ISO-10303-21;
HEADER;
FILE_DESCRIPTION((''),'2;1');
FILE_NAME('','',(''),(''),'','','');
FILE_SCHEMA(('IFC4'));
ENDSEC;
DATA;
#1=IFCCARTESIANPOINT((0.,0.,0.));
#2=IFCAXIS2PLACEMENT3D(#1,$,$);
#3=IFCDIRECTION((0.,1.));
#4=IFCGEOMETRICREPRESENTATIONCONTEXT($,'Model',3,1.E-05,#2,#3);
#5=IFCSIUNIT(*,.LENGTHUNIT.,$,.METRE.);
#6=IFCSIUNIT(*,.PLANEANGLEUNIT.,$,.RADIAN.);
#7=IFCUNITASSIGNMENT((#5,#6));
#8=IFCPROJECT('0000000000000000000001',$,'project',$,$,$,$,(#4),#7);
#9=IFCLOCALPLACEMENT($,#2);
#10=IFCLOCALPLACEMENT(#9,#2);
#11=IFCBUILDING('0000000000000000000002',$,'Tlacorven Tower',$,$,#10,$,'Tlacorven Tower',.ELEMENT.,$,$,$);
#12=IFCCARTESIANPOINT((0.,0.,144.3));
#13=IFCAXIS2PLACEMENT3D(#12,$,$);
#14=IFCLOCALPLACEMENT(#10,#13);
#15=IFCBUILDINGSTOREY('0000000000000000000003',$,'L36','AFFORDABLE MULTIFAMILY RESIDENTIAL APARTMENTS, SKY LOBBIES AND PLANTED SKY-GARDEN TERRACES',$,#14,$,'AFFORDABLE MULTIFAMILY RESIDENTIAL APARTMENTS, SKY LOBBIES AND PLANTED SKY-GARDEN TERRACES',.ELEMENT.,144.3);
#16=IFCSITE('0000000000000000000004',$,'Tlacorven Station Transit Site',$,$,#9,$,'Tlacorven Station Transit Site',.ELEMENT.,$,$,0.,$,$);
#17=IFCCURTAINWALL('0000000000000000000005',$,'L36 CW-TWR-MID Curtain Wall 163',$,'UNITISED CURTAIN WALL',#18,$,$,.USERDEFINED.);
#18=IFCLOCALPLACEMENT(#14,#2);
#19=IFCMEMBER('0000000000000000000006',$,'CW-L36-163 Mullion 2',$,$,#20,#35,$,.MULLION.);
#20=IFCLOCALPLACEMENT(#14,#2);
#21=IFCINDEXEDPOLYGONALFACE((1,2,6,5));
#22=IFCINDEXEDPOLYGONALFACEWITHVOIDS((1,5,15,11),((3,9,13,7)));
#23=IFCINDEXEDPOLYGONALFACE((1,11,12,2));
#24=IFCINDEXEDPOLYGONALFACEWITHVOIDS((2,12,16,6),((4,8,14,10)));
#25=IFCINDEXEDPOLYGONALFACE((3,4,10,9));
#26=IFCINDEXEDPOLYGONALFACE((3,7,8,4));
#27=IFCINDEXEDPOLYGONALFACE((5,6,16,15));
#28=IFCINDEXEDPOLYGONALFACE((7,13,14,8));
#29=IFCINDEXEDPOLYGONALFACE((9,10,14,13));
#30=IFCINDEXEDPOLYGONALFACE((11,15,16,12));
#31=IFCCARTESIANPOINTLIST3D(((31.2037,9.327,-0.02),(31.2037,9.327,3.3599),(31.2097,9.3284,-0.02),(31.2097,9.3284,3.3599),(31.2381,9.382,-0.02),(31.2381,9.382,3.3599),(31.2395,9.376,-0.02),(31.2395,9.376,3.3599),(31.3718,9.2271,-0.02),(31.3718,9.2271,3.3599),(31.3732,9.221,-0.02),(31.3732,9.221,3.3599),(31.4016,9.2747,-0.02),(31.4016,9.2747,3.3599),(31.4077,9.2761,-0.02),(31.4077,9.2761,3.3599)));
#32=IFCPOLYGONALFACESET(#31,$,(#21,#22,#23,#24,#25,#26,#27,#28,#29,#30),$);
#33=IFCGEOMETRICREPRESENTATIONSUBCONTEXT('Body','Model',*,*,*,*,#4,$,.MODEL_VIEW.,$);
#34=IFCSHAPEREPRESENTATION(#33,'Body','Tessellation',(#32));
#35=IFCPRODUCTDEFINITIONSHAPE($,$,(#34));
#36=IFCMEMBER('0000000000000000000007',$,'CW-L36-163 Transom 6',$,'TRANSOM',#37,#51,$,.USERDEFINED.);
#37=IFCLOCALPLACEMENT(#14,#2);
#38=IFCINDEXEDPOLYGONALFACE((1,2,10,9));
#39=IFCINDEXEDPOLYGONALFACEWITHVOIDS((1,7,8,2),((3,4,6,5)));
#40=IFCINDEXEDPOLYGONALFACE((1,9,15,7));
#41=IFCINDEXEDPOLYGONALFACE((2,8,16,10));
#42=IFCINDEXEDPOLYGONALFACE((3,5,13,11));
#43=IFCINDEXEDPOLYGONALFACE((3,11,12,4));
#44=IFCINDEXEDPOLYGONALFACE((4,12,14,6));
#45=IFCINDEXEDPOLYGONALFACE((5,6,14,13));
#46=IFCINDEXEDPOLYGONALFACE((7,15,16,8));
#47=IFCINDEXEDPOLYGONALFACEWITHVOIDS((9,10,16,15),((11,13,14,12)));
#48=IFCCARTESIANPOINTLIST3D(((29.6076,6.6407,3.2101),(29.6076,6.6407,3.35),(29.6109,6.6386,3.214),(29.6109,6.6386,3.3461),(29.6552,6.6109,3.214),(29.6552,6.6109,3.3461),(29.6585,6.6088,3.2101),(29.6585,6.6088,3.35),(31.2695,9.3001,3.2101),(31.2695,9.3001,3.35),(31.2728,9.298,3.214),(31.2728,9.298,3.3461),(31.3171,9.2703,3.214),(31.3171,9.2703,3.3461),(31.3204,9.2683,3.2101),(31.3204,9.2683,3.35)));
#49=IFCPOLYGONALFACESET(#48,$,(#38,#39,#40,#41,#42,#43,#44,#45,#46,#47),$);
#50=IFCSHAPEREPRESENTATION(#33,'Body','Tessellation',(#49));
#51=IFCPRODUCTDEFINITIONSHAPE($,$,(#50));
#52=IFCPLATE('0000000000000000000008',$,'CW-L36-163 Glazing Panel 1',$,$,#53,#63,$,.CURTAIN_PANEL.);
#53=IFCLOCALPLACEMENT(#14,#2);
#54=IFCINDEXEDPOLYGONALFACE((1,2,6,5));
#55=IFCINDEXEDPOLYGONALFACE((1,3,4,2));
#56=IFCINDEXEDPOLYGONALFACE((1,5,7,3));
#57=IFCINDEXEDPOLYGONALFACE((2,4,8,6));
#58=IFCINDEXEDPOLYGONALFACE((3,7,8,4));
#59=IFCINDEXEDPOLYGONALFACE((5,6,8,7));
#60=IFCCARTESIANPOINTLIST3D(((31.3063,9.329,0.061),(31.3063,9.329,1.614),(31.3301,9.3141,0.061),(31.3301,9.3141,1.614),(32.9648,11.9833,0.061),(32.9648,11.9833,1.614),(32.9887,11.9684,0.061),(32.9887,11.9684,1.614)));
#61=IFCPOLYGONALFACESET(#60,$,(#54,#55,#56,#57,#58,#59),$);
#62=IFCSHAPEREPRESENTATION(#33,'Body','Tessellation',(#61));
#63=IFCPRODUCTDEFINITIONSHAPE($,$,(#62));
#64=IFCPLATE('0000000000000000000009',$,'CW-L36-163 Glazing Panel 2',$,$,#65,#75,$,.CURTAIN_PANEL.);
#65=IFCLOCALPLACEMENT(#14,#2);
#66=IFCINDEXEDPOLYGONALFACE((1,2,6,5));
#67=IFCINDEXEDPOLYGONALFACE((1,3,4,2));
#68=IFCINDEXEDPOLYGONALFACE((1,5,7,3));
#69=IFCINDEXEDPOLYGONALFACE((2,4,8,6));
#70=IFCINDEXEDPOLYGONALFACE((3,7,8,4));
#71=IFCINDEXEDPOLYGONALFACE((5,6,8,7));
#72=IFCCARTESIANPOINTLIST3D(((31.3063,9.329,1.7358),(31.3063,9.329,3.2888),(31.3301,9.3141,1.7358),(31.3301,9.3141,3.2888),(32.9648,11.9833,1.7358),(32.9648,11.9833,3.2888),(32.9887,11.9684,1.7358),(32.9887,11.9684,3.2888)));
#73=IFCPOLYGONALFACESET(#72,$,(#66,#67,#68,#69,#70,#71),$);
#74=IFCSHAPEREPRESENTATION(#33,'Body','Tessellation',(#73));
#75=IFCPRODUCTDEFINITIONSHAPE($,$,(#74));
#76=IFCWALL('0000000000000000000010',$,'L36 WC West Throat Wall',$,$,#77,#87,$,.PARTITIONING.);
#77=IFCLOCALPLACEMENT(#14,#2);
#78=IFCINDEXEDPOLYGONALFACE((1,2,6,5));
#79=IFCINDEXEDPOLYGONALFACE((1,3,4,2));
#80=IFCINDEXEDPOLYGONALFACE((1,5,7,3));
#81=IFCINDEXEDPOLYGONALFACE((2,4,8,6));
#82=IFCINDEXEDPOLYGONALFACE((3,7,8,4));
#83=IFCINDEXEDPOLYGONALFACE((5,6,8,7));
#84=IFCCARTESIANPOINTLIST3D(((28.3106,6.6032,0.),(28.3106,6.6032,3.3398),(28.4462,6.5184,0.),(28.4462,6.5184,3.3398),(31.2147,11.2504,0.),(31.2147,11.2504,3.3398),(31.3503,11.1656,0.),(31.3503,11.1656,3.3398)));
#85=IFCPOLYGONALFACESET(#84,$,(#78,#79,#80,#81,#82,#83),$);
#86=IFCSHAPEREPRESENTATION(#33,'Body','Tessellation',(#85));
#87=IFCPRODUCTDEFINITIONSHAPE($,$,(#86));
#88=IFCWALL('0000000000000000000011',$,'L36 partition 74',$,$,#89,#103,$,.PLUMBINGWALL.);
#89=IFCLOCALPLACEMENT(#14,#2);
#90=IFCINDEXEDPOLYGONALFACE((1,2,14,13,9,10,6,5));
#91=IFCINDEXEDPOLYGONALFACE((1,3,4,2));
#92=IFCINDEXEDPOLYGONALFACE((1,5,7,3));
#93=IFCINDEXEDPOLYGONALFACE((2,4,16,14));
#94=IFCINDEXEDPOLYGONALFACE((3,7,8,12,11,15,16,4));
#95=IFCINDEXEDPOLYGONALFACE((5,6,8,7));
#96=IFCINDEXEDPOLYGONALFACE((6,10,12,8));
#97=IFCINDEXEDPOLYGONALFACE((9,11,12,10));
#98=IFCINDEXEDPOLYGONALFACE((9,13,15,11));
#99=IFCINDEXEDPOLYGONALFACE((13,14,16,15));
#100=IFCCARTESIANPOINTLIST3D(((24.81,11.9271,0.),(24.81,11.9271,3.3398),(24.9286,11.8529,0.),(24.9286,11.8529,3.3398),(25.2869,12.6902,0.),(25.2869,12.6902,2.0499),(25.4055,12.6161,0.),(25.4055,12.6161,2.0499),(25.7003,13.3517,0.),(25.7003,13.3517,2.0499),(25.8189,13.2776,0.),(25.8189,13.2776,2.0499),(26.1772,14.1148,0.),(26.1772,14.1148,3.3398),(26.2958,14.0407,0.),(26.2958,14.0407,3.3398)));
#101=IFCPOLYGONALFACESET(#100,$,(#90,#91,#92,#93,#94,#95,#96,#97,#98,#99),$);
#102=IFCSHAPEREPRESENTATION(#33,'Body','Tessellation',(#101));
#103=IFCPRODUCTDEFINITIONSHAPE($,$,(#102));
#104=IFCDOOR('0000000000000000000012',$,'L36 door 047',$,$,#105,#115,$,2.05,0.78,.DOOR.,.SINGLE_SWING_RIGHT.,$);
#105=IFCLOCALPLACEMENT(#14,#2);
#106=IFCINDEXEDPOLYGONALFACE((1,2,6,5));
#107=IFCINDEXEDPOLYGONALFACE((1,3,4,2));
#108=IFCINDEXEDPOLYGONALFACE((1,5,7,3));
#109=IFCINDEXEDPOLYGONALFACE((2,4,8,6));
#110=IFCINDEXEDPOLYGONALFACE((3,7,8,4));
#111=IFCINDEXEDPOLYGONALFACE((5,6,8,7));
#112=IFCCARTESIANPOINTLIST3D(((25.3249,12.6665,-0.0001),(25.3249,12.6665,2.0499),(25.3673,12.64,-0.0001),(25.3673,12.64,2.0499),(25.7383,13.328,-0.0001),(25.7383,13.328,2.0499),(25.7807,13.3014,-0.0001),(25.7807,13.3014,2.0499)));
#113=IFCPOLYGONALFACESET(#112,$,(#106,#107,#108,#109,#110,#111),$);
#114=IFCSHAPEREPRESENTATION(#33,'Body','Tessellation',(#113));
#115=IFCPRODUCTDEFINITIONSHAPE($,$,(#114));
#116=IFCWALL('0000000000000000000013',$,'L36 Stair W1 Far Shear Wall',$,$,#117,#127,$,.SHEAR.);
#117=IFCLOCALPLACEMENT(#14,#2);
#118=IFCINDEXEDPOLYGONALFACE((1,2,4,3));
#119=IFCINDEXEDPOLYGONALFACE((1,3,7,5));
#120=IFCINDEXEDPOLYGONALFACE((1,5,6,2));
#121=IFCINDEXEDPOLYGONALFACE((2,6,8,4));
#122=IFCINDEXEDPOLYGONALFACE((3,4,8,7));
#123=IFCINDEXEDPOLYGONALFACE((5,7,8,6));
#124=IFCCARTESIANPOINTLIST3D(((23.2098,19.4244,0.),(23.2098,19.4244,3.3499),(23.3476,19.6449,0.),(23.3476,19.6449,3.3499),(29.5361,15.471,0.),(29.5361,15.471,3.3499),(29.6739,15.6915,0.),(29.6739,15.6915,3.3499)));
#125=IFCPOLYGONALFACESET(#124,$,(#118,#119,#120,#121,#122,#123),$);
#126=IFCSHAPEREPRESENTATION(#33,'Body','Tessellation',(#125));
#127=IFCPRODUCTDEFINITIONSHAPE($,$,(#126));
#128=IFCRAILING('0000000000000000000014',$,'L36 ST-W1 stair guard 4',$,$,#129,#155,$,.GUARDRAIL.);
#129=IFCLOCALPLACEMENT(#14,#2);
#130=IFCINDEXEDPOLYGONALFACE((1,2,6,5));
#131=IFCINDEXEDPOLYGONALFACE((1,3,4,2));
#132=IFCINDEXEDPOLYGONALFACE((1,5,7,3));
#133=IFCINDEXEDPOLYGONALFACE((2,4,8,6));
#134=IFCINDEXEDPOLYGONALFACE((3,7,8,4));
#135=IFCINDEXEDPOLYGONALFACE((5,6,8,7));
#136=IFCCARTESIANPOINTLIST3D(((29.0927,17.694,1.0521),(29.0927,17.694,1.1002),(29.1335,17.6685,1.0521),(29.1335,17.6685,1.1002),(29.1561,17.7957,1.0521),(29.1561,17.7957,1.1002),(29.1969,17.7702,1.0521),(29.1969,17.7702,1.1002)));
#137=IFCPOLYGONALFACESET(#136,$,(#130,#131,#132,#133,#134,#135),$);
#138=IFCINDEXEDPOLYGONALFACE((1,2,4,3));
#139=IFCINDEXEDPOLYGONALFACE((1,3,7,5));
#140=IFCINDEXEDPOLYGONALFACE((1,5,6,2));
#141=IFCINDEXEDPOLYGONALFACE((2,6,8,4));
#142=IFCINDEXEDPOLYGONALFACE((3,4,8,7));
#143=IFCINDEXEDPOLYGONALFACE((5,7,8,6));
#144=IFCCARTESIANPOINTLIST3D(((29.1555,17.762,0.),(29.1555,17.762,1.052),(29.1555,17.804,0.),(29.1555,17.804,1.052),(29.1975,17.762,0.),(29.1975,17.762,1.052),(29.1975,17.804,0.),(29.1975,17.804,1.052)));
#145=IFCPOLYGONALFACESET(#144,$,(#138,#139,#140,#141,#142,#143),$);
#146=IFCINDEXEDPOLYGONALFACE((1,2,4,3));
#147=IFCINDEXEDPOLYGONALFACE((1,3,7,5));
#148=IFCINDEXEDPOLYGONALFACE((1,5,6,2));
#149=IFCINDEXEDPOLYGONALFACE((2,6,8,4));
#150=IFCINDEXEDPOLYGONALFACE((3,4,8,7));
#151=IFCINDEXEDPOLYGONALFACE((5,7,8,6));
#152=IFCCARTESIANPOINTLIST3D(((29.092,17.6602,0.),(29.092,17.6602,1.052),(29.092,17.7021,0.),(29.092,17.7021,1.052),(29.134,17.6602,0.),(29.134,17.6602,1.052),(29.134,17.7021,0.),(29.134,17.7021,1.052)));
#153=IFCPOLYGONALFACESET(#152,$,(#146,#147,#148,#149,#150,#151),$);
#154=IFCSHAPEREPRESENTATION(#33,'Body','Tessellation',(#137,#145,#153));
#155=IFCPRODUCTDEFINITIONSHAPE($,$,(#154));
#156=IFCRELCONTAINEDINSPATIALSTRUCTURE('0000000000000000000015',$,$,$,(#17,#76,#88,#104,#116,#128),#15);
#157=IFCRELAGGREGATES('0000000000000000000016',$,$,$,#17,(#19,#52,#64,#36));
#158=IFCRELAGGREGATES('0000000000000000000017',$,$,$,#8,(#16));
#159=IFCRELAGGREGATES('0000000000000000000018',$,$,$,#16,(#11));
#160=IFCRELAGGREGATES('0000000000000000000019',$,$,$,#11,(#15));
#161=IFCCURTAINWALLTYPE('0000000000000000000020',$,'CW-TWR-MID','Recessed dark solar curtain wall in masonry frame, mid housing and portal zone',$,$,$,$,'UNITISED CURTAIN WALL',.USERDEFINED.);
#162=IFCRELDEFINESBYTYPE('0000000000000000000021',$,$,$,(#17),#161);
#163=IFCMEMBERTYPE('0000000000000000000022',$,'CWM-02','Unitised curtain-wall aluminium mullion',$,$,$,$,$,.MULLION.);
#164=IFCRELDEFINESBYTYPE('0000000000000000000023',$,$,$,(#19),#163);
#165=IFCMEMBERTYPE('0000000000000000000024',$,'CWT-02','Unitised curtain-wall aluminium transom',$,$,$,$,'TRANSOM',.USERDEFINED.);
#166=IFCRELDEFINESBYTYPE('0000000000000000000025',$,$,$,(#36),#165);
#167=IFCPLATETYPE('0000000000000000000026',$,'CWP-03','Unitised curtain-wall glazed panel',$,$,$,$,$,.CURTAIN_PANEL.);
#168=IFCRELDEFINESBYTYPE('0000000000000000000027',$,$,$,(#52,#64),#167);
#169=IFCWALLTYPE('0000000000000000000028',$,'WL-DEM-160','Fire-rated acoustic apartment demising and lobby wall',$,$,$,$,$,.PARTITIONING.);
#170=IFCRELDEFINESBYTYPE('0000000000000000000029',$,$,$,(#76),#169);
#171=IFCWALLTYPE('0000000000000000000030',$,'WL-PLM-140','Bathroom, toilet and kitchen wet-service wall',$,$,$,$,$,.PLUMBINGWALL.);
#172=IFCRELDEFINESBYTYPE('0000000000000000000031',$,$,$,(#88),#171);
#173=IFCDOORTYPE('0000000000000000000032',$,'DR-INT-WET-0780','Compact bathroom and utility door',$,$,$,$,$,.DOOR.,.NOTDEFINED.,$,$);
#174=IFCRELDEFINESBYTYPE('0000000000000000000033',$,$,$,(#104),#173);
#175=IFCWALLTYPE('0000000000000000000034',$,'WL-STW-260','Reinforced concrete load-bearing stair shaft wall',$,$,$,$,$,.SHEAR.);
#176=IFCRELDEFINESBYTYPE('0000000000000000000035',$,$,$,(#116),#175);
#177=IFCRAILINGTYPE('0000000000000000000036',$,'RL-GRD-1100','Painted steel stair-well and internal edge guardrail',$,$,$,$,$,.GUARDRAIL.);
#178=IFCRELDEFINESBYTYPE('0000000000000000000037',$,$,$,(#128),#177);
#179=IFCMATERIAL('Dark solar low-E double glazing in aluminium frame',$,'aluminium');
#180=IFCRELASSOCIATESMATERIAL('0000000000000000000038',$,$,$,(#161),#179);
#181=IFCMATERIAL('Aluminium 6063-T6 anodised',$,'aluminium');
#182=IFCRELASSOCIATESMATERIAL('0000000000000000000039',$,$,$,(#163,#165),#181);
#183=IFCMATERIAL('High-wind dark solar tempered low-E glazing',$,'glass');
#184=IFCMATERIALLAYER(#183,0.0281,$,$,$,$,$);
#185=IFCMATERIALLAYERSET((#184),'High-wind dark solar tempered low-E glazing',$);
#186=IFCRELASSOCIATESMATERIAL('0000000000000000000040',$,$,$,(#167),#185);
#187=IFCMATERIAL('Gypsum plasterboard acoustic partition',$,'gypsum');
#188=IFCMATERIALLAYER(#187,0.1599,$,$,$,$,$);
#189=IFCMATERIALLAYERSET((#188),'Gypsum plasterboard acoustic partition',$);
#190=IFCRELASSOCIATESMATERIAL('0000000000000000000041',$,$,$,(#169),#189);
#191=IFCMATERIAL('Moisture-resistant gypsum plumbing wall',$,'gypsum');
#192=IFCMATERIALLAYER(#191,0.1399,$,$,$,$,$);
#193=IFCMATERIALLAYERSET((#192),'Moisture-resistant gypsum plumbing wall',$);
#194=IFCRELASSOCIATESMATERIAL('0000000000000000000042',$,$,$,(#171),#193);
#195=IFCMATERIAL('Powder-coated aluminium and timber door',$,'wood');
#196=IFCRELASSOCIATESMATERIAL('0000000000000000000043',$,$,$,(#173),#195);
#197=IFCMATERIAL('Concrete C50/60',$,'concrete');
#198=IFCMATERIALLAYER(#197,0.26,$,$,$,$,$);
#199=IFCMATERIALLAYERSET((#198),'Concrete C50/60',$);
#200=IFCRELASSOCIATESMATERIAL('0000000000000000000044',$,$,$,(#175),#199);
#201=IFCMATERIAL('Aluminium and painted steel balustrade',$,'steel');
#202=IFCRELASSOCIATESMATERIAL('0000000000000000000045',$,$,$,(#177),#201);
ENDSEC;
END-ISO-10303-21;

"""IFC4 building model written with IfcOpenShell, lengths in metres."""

from ifc_helpers import new_model, si_unit, direction, frame, frame_2d, origin, origin_2d, place, context, subcontext, project, spatial, rectangle, hollow_rectangle, extrude, source, transform, mapped, material, layer, layer_set, material_profile, profile_set, type_object, element, fill, aggregate, save


model = new_model("IFC4")

# Units and contexts
model_context = context("Model", 3, precision=1e-05, world=origin(), true_north=direction((0.0, 1.0)))
body_context = subcontext(model_context, "Body", "Model", "MODEL_VIEW")
ifc_project = project(units=[si_unit("LENGTHUNIT", "METRE"), si_unit("PLANEANGLEUNIT", "RADIAN")], contexts=[model_context])

# Site, building, storey
site_placement = place(None, origin())
site = spatial("IfcSite", under=ifc_project, at=site_placement, Name="Tlacorven Station Transit Site", LongName="Tlacorven Station Transit Site", CompositionType="ELEMENT", RefElevation=0.0)
building_placement = place(site_placement, origin())
building = spatial("IfcBuilding", under=site, at=building_placement, Name="Tlacorven Tower", LongName="Tlacorven Tower", CompositionType="ELEMENT")
storey_placement = place(building_placement, frame((0.0, 0.0, 144.3)))
storey = spatial("IfcBuildingStorey", under=building, at=storey_placement, Name="L36", Description="AFFORDABLE MULTIFAMILY RESIDENTIAL APARTMENTS, SKY LOBBIES AND PLANTED SKY-GARDEN TERRACES", LongName="AFFORDABLE MULTIFAMILY RESIDENTIAL APARTMENTS, SKY LOBBIES AND PLANTED SKY-GARDEN TERRACES", CompositionType="ELEMENT", Elevation=144.3)

# Curtain wall, members, plates
ifc_material_1 = material(Name="Dark solar low-E double glazing in aluminium frame", Category="aluminium")
curtain_wall_type = type_object("IfcCurtainWallType", Name="CW-TWR-MID", Description="Recessed dark solar curtain wall in masonry frame, mid housing and portal zone", ElementType="UNITISED CURTAIN WALL", PredefinedType="USERDEFINED", material=ifc_material_1)
curtain_wall_placement = place(storey_placement, origin())
curtain_wall = element("IfcCurtainWall", 1, at=curtain_wall_placement, inside=storey, type_object=curtain_wall_type, Name="L36 CW-TWR-MID Curtain Wall 163", ObjectType="UNITISED CURTAIN WALL", PredefinedType="USERDEFINED")
ifc_material_2 = material(Name="Aluminium 6063-T6 anodised", Category="aluminium")
ifc_material_profile_1 = material_profile(ifc_material_2, hollow_rectangle(XDim=0.0649, YDim=0.2, WallThickness=0.0044, at=origin_2d()), Name="ALU MULLION 65X200")
ifc_profile_set_1 = profile_set([ifc_material_profile_1], Name="Aluminium 6063-T6 anodised")
member_type_1 = type_object("IfcMemberType", Name="CWM-02", Description="Unitised curtain-wall aluminium mullion", PredefinedType="MULLION", material=ifc_profile_set_1)
shared_shape_1 = source(origin(), body_context, "Body", "SweptSolid", [
    extrude(hollow_rectangle(XDim=0.0649, YDim=0.2, WallThickness=0.0044, at=origin_2d()), origin(), (0.0, 0.0, 1.0), 3.3799),
])
member_1_placement = place(storey_placement, frame((31.3057, 9.3015, -0.02), z_axis=(0.0, 0.0, 1.0), x_axis=(-0.529919, -0.848048, 0.0)))
member_1 = element("IfcMember", 2, at=member_1_placement, type_object=member_type_1, Name="CW-L36-163 Mullion 2", PredefinedType="MULLION", context=body_context, shape_type="MappedRepresentation", body=[
    mapped(shared_shape_1, transform((0.0, 0.0, 0.0), scale=1.0)),
])
ifc_material_profile_2 = material_profile(ifc_material_2, hollow_rectangle(XDim=0.0601, YDim=0.1399, WallThickness=0.0039, at=origin_2d()), Name="ALU TRANSOM 60X140")
ifc_profile_set_2 = profile_set([ifc_material_profile_2], Name="Aluminium 6063-T6 anodised")
member_type_2 = type_object("IfcMemberType", Name="CWT-02", Description="Unitised curtain-wall aluminium transom", ElementType="TRANSOM", PredefinedType="USERDEFINED", material=ifc_profile_set_2)
shared_shape_2 = source(origin(), body_context, "Body", "SweptSolid", [
    extrude(hollow_rectangle(XDim=0.0601, YDim=0.1399, WallThickness=0.0039, at=origin_2d()), origin(), (0.0, 0.0, 1.0), 3.136),
])
member_2_placement = place(storey_placement, frame((31.2949, 9.2842, 3.28), z_axis=(-0.529936, -0.848038, 0.0), x_axis=(0.848038, -0.529936, 0.0)))
member_2 = element("IfcMember", 3, at=member_2_placement, type_object=member_type_2, Name="CW-L36-163 Transom 6", ObjectType="TRANSOM", PredefinedType="USERDEFINED", context=body_context, shape_type="MappedRepresentation", body=[
    mapped(shared_shape_2, transform((0.0, 0.0, 0.0), scale=1.0)),
])
ifc_material_3 = material(Name="High-wind dark solar tempered low-E glazing", Category="glass")
ifc_layer_1 = layer(ifc_material_3, 0.0281)
ifc_layer_set_1 = layer_set([ifc_layer_1], Name="High-wind dark solar tempered low-E glazing")
plate_type = type_object("IfcPlateType", Name="CWP-03", Description="Unitised curtain-wall glazed panel", PredefinedType="CURTAIN_PANEL", material=ifc_layer_set_1)
shared_shape_3 = source(origin(), body_context, "Body", "SweptSolid", [
    extrude(rectangle(XDim=3.1299, YDim=0.0281, at=origin_2d()), origin(), (0.0, 0.0, 1.0), 1.553),
])
plate_1_placement = place(storey_placement, frame((32.1475, 10.6487, 0.061), z_axis=(0.0, 0.0, 1.0), x_axis=(-0.529919, -0.848048, 0.0)))
plate_1 = element("IfcPlate", 4, at=plate_1_placement, type_object=plate_type, Name="CW-L36-163 Glazing Panel 1", PredefinedType="CURTAIN_PANEL", context=body_context, shape_type="MappedRepresentation", body=[
    mapped(shared_shape_3, transform((0.0, 0.0, 0.0), scale=1.0)),
])
plate_2_placement = place(storey_placement, frame((32.1475, 10.6487, 1.7358), z_axis=(0.0, 0.0, 1.0), x_axis=(-0.529919, -0.848048, 0.0)))
plate_2 = element("IfcPlate", 5, at=plate_2_placement, type_object=plate_type, Name="CW-L36-163 Glazing Panel 2", PredefinedType="CURTAIN_PANEL", context=body_context, shape_type="MappedRepresentation", body=[
    mapped(shared_shape_3, transform((0.0, 0.0, 0.0), scale=1.0)),
])
aggregate(curtain_wall, [member_1, plate_1, plate_2, member_2])

# Wall
ifc_material_4 = material(Name="Gypsum plasterboard acoustic partition", Category="gypsum")
ifc_layer_2 = layer(ifc_material_4, 0.1599)
ifc_layer_set_2 = layer_set([ifc_layer_2], Name="Gypsum plasterboard acoustic partition")
wall_type_1 = type_object("IfcWallType", Name="WL-DEM-160", Description="Fire-rated acoustic apartment demising and lobby wall", PredefinedType="PARTITIONING", material=ifc_layer_set_2)
wall_1_placement = place(storey_placement, frame((31.2825, 11.208, 0.0), z_axis=(0.0, 0.0, 1.0), x_axis=(-0.529939, -0.848036, 0.0)))
element("IfcWall", 6, at=wall_1_placement, inside=storey, type_object=wall_type_1, Name="L36 WC West Throat Wall", PredefinedType="PARTITIONING", context=body_context, shape_type="SweptSolid", body=[
    extrude(rectangle(XDim=5.48, YDim=0.1599, at=frame_2d((2.74, 0.0))), origin(), (0.0, 0.0, 1.0), 3.3398),
])

# Wall, opening, door
ifc_material_5 = material(Name="Moisture-resistant gypsum plumbing wall", Category="gypsum")
ifc_layer_3 = layer(ifc_material_5, 0.1399)
ifc_layer_set_3 = layer_set([ifc_layer_3], Name="Moisture-resistant gypsum plumbing wall")
wall_type_2 = type_object("IfcWallType", Name="WL-PLM-140", Description="Bathroom, toilet and kitchen wet-service wall", PredefinedType="PLUMBINGWALL", material=ifc_layer_set_3)
wall_2_placement = place(storey_placement, frame((26.2366, 14.0779, 0.0), z_axis=(0.0, 0.0, 1.0), x_axis=(-0.529956, -0.848025, 0.0)))
wall_2 = element("IfcWall", 7, at=wall_2_placement, inside=storey, type_object=wall_type_2, Name="L36 partition 74", PredefinedType="PLUMBINGWALL", context=body_context, shape_type="SweptSolid", body=[
    extrude(rectangle(XDim=2.5798, YDim=0.1399, at=frame_2d((1.29, 0.0))), origin(), (0.0, 0.0, 1.0), 3.3398),
])
opening_placement = place(wall_2_placement, frame((0.8999, 0.0, 0.0)))
opening = element("IfcOpeningElement", 8, at=opening_placement, cuts=wall_2, PredefinedType="OPENING", context=body_context, shape_type="SweptSolid", body=[
    extrude(rectangle(XDim=0.78, YDim=2.05, at=frame_2d((0.3901, 1.0249))), frame((0.0, 0.0801, 0.0), z_axis=(0.0, -1.0, 0.0), x_axis=(1.0, 0.0, 0.0)), (0.0, 0.0, 1.0), 0.1599),
])
ifc_material_6 = material(Name="Powder-coated aluminium and timber door", Category="wood")
door_type = type_object("IfcDoorType", Name="DR-INT-WET-0780", Description="Compact bathroom and utility door", OperationType="NOTDEFINED", PredefinedType="DOOR", material=ifc_material_6)
shared_shape_4 = source(origin(), body_context, "Body", "SweptSolid", [
    extrude(rectangle(XDim=0.78, YDim=2.05, at=frame_2d((0.3901, 1.0249))), frame((0.0, 0.0249, 0.0), z_axis=(0.0, -1.0, 0.0), x_axis=(1.0, 0.0, 0.0)), (0.0, 0.0, 1.0), 0.05),
])
door_placement = place(opening_placement, origin())
door = element("IfcDoor", 9, at=door_placement, inside=storey, type_object=door_type, Name="L36 door 047", OperationType="SINGLE_SWING_RIGHT", OverallHeight=2.05, OverallWidth=0.78, PredefinedType="DOOR", context=body_context, shape_type="MappedRepresentation", body=[
    mapped(shared_shape_4, transform((0.0, 0.0, 0.0), scale=1.0)),
])
fill(opening, door)

# Wall
ifc_material_7 = material(Name="Concrete C50/60", Category="concrete")
ifc_layer_4 = layer(ifc_material_7, 0.26)
ifc_layer_set_4 = layer_set([ifc_layer_4], Name="Concrete C50/60")
wall_type_3 = type_object("IfcWallType", Name="WL-STW-260", Description="Reinforced concrete load-bearing stair shaft wall", PredefinedType="SHEAR", material=ifc_layer_set_4)
wall_3_placement = place(storey_placement, frame((29.605, 15.5813, 0.0), z_axis=(0.0, 0.0, 1.0), x_axis=(-0.848037, 0.529937, 0.0)))
element("IfcWall", 10, at=wall_3_placement, inside=storey, type_object=wall_type_3, Name="L36 Stair W1 Far Shear Wall", PredefinedType="SHEAR", context=body_context, shape_type="SweptSolid", body=[
    extrude(rectangle(XDim=7.46, YDim=0.26, at=frame_2d((3.73, 0.0))), origin(), (0.0, 0.0, 1.0), 3.3499),
])

# Railing
ifc_material_8 = material(Name="Aluminium and painted steel balustrade", Category="steel")
railing_type_1 = type_object("IfcRailingType", Name="RL-GRD-1100", Description="Painted steel stair-well and internal edge guardrail", PredefinedType="GUARDRAIL", material=ifc_material_8)
shared_shape_5 = source(origin(), body_context, "Body", "SweptSolid", [
    extrude(rectangle(XDim=0.0481, YDim=0.0481, at=origin_2d()), frame((0.0, 0.0, 1.0762), z_axis=(-0.529084, -0.848569, 0.0), x_axis=(0.848569, -0.529084, 0.0)), (0.0, 0.0, 1.0), 0.1199),
    extrude(rectangle(XDim=0.042, YDim=0.042, at=origin_2d()), origin(), (0.0, 0.0, 1.0), 1.052),
    extrude(rectangle(XDim=0.042, YDim=0.042, at=origin_2d()), frame((-0.0635, -0.1018, 0.0)), (0.0, 0.0, 1.0), 1.052),
])
railing_1_placement = place(storey_placement, frame((29.1765, 17.783, 0.0)))
element("IfcRailing", 11, at=railing_1_placement, inside=storey, type_object=railing_type_1, Name="L36 ST-W1 stair guard 4", PredefinedType="GUARDRAIL", context=body_context, shape_type="MappedRepresentation", body=[
    mapped(shared_shape_5, transform((0.0, 0.0, 0.0), scale=1.0)),
])

save(model, "model.ifc")
